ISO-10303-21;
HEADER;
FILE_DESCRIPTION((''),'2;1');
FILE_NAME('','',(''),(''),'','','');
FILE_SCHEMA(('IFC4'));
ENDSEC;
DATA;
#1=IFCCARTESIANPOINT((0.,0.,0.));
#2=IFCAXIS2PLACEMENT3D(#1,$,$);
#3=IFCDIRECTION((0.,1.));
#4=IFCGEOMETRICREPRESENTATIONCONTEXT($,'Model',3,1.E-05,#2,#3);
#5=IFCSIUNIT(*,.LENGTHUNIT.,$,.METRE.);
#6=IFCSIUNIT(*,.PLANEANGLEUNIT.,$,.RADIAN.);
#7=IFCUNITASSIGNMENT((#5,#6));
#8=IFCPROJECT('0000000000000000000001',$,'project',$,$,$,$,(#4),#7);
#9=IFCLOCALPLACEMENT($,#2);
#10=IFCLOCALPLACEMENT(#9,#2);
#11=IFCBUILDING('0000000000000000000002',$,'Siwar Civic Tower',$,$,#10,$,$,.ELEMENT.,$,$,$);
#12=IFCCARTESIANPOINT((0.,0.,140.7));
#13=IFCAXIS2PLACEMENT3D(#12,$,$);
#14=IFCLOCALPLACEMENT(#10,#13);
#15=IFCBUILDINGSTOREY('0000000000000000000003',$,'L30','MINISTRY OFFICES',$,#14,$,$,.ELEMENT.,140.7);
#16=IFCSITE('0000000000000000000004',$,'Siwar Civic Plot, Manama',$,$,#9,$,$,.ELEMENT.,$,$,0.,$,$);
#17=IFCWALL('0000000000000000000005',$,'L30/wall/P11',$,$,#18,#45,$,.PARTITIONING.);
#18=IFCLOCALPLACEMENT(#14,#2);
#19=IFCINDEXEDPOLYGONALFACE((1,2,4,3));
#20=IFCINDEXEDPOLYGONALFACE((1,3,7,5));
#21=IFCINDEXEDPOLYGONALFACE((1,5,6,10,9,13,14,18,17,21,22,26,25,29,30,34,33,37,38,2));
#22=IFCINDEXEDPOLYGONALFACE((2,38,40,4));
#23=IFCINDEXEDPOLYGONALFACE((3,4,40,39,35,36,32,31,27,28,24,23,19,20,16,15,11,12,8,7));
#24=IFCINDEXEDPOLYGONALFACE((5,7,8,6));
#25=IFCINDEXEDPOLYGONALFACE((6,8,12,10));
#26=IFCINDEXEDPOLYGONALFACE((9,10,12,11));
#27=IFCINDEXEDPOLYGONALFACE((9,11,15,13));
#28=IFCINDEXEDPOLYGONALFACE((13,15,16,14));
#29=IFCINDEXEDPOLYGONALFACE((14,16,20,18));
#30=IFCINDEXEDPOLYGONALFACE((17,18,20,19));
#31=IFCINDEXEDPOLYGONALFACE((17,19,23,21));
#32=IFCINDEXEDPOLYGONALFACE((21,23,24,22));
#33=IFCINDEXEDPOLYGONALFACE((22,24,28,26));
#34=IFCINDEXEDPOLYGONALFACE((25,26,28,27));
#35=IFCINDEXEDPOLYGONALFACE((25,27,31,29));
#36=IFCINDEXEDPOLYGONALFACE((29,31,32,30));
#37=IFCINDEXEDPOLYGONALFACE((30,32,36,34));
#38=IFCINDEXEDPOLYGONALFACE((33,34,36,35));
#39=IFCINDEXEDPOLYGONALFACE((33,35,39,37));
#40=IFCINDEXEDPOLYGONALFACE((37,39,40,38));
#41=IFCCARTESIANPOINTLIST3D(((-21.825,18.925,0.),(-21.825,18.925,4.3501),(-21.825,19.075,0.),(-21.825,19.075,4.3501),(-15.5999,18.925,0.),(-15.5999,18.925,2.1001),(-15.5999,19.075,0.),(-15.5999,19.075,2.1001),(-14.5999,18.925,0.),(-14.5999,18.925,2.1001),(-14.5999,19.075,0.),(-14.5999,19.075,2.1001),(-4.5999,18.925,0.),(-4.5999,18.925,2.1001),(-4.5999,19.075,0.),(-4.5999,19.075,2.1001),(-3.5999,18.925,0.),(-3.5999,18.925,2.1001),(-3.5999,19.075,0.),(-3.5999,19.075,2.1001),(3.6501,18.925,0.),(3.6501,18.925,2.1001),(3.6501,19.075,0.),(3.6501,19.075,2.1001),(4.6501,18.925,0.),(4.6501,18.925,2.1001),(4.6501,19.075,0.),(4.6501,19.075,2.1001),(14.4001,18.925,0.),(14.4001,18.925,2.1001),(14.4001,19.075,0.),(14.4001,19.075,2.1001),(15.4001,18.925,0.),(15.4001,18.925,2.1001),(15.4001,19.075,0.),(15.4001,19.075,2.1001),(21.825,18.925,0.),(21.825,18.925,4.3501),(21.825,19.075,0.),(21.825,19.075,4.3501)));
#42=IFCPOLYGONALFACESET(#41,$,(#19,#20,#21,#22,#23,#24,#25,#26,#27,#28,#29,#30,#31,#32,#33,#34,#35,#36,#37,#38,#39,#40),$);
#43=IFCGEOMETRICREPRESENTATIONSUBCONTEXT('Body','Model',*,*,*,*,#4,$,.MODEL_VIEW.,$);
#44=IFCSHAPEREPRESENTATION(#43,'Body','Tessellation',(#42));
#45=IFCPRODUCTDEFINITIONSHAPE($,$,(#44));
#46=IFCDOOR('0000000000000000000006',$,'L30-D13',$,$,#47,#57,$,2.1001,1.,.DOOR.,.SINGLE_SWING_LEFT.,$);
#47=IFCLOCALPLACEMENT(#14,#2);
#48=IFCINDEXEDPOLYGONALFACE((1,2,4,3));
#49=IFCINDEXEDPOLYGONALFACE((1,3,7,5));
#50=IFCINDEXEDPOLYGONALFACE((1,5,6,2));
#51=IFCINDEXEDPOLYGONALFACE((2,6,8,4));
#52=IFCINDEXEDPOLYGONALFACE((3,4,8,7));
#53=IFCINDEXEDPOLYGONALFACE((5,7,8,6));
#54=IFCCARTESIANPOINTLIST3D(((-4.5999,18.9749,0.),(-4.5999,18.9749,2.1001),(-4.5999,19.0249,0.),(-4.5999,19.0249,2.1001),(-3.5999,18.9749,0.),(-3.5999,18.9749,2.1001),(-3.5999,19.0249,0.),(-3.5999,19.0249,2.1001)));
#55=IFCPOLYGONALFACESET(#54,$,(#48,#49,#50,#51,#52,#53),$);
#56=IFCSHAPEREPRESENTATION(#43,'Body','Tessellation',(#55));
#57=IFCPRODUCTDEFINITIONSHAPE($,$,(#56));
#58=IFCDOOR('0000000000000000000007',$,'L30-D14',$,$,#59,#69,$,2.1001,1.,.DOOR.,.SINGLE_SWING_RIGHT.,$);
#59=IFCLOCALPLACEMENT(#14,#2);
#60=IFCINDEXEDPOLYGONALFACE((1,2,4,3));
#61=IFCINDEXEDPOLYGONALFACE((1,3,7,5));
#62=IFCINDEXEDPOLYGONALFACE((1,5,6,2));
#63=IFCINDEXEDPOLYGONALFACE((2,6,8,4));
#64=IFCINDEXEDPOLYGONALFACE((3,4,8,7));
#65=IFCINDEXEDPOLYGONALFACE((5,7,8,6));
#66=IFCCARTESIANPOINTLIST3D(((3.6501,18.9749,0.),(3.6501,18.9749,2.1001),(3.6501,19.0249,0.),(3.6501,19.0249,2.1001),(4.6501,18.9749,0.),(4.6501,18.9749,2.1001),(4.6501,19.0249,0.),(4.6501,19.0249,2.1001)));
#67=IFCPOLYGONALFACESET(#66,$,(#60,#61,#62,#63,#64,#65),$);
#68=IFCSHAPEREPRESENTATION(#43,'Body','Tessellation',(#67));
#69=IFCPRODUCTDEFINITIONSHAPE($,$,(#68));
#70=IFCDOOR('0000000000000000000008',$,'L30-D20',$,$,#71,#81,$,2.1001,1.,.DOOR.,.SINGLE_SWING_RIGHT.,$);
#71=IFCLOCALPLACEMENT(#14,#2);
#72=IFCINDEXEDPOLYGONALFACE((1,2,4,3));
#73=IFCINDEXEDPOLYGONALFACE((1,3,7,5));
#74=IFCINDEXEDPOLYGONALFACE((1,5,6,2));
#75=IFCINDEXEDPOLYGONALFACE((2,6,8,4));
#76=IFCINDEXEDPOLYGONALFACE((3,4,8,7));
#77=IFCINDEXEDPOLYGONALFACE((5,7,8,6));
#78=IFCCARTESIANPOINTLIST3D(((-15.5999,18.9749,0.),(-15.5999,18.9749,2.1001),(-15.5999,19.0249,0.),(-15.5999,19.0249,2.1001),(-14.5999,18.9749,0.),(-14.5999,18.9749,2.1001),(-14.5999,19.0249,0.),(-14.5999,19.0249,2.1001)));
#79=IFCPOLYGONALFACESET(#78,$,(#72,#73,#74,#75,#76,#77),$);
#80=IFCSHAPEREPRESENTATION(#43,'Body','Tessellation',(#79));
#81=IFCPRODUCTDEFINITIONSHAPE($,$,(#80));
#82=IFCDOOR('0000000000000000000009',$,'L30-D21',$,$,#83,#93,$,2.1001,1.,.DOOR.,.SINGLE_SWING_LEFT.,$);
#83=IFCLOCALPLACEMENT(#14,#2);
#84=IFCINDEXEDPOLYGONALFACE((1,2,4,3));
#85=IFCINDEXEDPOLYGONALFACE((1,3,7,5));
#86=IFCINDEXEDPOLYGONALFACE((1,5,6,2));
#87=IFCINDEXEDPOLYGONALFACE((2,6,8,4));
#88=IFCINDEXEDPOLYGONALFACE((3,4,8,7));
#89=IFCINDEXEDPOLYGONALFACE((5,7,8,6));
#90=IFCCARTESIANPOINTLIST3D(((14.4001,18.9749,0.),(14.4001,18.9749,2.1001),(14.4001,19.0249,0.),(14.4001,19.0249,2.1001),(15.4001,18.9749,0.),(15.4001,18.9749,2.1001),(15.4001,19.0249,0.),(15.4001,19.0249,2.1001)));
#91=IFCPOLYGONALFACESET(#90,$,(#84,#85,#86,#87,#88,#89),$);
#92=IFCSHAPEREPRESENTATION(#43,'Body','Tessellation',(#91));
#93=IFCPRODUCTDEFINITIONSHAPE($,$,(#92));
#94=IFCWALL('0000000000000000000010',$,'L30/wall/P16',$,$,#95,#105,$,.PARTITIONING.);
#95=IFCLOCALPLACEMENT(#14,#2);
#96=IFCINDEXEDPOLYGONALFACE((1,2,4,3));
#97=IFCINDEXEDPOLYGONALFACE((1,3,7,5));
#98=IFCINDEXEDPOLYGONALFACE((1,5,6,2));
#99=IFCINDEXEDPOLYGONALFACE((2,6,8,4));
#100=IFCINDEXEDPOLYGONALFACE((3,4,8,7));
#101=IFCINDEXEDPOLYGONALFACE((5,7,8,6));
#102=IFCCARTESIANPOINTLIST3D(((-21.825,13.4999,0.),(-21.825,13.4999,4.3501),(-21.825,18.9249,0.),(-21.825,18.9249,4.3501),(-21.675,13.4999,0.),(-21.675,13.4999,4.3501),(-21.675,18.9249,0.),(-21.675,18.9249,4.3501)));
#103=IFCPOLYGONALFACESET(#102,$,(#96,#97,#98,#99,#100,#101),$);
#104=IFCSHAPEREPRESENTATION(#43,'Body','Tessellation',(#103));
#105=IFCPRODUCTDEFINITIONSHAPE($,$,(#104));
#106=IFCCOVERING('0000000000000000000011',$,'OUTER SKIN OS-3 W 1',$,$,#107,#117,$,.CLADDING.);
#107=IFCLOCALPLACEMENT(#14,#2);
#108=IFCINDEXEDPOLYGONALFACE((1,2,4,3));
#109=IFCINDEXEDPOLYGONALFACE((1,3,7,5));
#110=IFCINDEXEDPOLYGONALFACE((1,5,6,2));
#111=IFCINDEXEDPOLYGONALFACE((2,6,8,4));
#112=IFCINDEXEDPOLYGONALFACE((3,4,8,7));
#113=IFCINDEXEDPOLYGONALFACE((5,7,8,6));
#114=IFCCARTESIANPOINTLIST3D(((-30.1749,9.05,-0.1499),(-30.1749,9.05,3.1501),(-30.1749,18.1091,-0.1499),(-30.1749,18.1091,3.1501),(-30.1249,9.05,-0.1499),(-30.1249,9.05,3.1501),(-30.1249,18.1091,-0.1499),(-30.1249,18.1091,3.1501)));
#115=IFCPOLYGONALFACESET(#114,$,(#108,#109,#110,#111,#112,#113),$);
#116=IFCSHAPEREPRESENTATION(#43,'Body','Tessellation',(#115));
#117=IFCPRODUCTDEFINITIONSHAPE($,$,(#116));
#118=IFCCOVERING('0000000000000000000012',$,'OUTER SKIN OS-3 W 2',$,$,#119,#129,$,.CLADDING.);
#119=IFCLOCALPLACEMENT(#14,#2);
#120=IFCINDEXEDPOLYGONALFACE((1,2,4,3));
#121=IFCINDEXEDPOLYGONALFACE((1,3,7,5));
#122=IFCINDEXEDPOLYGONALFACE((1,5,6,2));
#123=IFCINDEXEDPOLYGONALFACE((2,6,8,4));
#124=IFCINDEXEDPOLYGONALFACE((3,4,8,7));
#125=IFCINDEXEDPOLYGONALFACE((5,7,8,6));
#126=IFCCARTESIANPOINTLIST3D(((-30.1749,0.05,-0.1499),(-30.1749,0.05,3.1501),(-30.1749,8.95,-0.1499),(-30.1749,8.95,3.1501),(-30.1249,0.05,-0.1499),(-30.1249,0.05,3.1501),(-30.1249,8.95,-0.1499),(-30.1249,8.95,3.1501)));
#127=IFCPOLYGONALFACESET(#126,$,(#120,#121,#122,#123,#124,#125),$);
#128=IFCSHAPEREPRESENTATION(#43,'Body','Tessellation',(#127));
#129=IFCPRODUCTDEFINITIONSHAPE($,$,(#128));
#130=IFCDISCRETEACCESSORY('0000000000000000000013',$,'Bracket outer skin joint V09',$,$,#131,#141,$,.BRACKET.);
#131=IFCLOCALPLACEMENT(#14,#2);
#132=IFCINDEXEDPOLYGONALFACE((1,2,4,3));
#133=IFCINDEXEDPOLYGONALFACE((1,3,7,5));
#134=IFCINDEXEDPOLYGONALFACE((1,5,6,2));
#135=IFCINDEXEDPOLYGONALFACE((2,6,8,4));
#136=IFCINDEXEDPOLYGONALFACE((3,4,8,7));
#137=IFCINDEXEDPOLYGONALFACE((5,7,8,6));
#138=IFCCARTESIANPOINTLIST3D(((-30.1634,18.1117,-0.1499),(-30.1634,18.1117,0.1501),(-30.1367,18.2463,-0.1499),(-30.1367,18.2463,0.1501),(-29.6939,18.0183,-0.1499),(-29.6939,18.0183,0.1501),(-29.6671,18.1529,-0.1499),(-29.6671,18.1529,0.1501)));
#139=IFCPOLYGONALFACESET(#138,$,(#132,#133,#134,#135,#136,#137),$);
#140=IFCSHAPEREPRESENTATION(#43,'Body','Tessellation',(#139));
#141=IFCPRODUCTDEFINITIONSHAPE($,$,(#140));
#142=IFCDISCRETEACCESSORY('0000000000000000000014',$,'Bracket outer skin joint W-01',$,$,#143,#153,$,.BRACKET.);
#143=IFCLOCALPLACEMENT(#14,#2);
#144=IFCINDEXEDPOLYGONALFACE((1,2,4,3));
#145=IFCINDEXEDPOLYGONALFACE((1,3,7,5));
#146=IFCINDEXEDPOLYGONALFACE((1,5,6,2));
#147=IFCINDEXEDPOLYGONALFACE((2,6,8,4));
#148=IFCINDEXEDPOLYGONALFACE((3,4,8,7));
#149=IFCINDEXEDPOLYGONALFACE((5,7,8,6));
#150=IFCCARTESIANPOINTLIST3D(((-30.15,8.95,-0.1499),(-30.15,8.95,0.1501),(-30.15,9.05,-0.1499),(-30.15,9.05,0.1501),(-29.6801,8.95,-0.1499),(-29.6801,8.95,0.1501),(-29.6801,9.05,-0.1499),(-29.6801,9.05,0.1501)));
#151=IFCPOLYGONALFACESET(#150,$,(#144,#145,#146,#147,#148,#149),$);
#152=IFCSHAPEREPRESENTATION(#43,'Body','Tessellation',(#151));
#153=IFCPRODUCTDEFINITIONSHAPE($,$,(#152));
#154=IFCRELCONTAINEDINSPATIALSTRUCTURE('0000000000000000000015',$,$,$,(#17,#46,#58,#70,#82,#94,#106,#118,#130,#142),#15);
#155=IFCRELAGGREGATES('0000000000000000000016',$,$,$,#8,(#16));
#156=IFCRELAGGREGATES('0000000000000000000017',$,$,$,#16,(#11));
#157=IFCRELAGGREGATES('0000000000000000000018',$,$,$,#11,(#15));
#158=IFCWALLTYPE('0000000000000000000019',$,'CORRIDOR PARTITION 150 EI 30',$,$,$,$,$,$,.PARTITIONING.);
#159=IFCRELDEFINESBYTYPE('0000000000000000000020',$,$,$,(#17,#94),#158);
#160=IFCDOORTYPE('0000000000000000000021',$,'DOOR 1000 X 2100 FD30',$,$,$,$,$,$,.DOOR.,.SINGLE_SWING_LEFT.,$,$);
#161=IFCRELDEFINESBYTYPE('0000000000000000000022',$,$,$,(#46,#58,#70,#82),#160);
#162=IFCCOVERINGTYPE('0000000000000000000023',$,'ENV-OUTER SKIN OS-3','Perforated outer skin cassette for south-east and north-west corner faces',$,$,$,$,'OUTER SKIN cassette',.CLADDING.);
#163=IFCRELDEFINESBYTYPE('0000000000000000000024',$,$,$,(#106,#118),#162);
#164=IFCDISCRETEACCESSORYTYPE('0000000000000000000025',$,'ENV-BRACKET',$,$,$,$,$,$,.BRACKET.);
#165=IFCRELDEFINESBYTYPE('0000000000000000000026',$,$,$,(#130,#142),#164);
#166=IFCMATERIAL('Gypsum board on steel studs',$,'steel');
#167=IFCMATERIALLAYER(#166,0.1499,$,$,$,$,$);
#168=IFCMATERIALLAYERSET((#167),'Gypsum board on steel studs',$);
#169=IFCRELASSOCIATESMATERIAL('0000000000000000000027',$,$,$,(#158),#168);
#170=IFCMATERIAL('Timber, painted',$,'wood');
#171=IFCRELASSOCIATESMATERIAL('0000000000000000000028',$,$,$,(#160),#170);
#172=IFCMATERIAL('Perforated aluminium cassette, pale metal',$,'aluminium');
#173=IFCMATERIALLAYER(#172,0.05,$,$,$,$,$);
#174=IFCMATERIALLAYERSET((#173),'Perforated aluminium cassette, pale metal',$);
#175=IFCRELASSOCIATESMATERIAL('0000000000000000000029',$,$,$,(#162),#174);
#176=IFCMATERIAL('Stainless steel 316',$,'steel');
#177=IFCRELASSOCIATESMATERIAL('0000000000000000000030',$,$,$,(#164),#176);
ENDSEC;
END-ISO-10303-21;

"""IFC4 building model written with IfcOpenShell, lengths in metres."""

from ifc_helpers import new_model, si_unit, direction, frame, frame_2d, origin, origin_2d, place, context, subcontext, project, spatial, rectangle, extrude, material, layer, layer_set, type_object, element, fill, save


model = new_model("IFC4")

# Units and contexts
model_context = context("Model", 3, precision=1e-05, world=origin(), true_north=direction((0.0, 1.0)))
body_context = subcontext(model_context, "Body", "Model", "MODEL_VIEW")
ifc_project = project(units=[si_unit("LENGTHUNIT", "METRE"), si_unit("PLANEANGLEUNIT", "RADIAN")], contexts=[model_context])

# Site, building, storey
site_placement = place(None, origin())
site = spatial("IfcSite", under=ifc_project, at=site_placement, Name="Siwar Civic Plot, Manama", CompositionType="ELEMENT", RefElevation=0.0)
building_placement = place(site_placement, origin())
building = spatial("IfcBuilding", under=site, at=building_placement, Name="Siwar Civic Tower", CompositionType="ELEMENT")
storey_placement = place(building_placement, frame((0.0, 0.0, 140.7)))
storey = spatial("IfcBuildingStorey", under=building, at=storey_placement, Name="L30", Description="MINISTRY OFFICES", CompositionType="ELEMENT", Elevation=140.7)

# Shared definitions
ifc_material_1 = material(Name="Gypsum board on steel studs", Category="steel")
ifc_layer_1 = layer(ifc_material_1, 0.1499)
ifc_layer_set_1 = layer_set([ifc_layer_1], Name="Gypsum board on steel studs")
wall_type_1 = type_object("IfcWallType", Name="CORRIDOR PARTITION 150 EI 30", PredefinedType="PARTITIONING", material=ifc_layer_set_1)

# Wall, openings, doors
wall_1_placement = place(storey_placement, frame((-21.825, 19.0, 0.0), z_axis=(0.0, 0.0, 1.0), x_axis=(1.0, 0.0, 0.0)))
wall_1 = element("IfcWall", 1, at=wall_1_placement, inside=storey, type_object=wall_type_1, Name="L30/wall/P11", PredefinedType="PARTITIONING", context=body_context, shape_type="SweptSolid", body=[
    extrude(rectangle(XDim=43.6499, YDim=0.1499, at=frame_2d((21.825, 0.0))), origin(), (0.0, 0.0, 1.0), 4.3501),
])
opening_1_placement = place(wall_1_placement, frame((17.2251, 0.0, 0.0)))
opening_1 = element("IfcOpeningElement", 2, at=opening_1_placement, cuts=wall_1, PredefinedType="OPENING", context=body_context, shape_type="SweptSolid", body=[
    extrude(rectangle(XDim=1.0, YDim=2.1001, at=frame_2d((0.5, 1.05))), frame((0.0, 0.085, 0.0), z_axis=(0.0, -1.0, 0.0), x_axis=(1.0, 0.0, 0.0)), (0.0, 0.0, 1.0), 0.1699),
])
opening_2_placement = place(wall_1_placement, frame((25.4751, 0.0, 0.0)))
opening_2 = element("IfcOpeningElement", 3, at=opening_2_placement, cuts=wall_1, PredefinedType="OPENING", context=body_context, shape_type="SweptSolid", body=[
    extrude(rectangle(XDim=1.0, YDim=2.1001, at=frame_2d((0.5, 1.05))), frame((0.0, 0.085, 0.0), z_axis=(0.0, -1.0, 0.0), x_axis=(1.0, 0.0, 0.0)), (0.0, 0.0, 1.0), 0.1699),
])
opening_3_placement = place(wall_1_placement, frame((6.2251, 0.0, 0.0)))
opening_3 = element("IfcOpeningElement", 4, at=opening_3_placement, cuts=wall_1, PredefinedType="OPENING", context=body_context, shape_type="SweptSolid", body=[
    extrude(rectangle(XDim=1.0, YDim=2.1001, at=frame_2d((0.5, 1.05))), frame((0.0, 0.085, 0.0), z_axis=(0.0, -1.0, 0.0), x_axis=(1.0, 0.0, 0.0)), (0.0, 0.0, 1.0), 0.1699),
])
opening_4_placement = place(wall_1_placement, frame((36.2251, 0.0, 0.0)))
opening_4 = element("IfcOpeningElement", 5, at=opening_4_placement, cuts=wall_1, PredefinedType="OPENING", context=body_context, shape_type="SweptSolid", body=[
    extrude(rectangle(XDim=1.0, YDim=2.1001, at=frame_2d((0.5, 1.05))), frame((0.0, 0.085, 0.0), z_axis=(0.0, -1.0, 0.0), x_axis=(1.0, 0.0, 0.0)), (0.0, 0.0, 1.0), 0.1699),
])
ifc_material_2 = material(Name="Timber, painted", Category="wood")
door_type = type_object("IfcDoorType", Name="DOOR 1000 X 2100 FD30", OperationType="SINGLE_SWING_LEFT", PredefinedType="DOOR", material=ifc_material_2)
door_1_placement = place(opening_1_placement, origin())
door_1 = element("IfcDoor", 6, at=door_1_placement, inside=storey, type_object=door_type, Name="L30-D13", OperationType="SINGLE_SWING_LEFT", OverallHeight=2.1001, OverallWidth=1.0, PredefinedType="DOOR", context=body_context, shape_type="SweptSolid", body=[
    extrude(rectangle(XDim=1.0, YDim=2.1001, at=frame_2d((0.5, 1.05))), frame((0.0, 0.0249, 0.0), z_axis=(0.0, -1.0, 0.0), x_axis=(1.0, 0.0, 0.0)), (0.0, 0.0, 1.0), 0.05),
])
fill(opening_1, door_1)
door_2_placement = place(opening_2_placement, origin())
door_2 = element("IfcDoor", 7, at=door_2_placement, inside=storey, type_object=door_type, Name="L30-D14", OperationType="SINGLE_SWING_RIGHT", OverallHeight=2.1001, OverallWidth=1.0, PredefinedType="DOOR", context=body_context, shape_type="SweptSolid", body=[
    extrude(rectangle(XDim=1.0, YDim=2.1001, at=frame_2d((0.5, 1.05))), frame((0.0, 0.0249, 0.0), z_axis=(0.0, -1.0, 0.0), x_axis=(1.0, 0.0, 0.0)), (0.0, 0.0, 1.0), 0.05),
])
fill(opening_2, door_2)
door_3_placement = place(opening_3_placement, origin())
door_3 = element("IfcDoor", 8, at=door_3_placement, inside=storey, type_object=door_type, Name="L30-D20", OperationType="SINGLE_SWING_RIGHT", OverallHeight=2.1001, OverallWidth=1.0, PredefinedType="DOOR", context=body_context, shape_type="SweptSolid", body=[
    extrude(rectangle(XDim=1.0, YDim=2.1001, at=frame_2d((0.5, 1.05))), frame((0.0, 0.0249, 0.0), z_axis=(0.0, -1.0, 0.0), x_axis=(1.0, 0.0, 0.0)), (0.0, 0.0, 1.0), 0.05),
])
fill(opening_3, door_3)
door_4_placement = place(opening_4_placement, origin())
door_4 = element("IfcDoor", 9, at=door_4_placement, inside=storey, type_object=door_type, Name="L30-D21", OperationType="SINGLE_SWING_LEFT", OverallHeight=2.1001, OverallWidth=1.0, PredefinedType="DOOR", context=body_context, shape_type="SweptSolid", body=[
    extrude(rectangle(XDim=1.0, YDim=2.1001, at=frame_2d((0.5, 1.05))), frame((0.0, 0.0249, 0.0), z_axis=(0.0, -1.0, 0.0), x_axis=(1.0, 0.0, 0.0)), (0.0, 0.0, 1.0), 0.05),
])
fill(opening_4, door_4)

# Wall
wall_2_placement = place(storey_placement, frame((-21.75, 13.5, 0.0), z_axis=(0.0, 0.0, 1.0), x_axis=(0.0, 1.0, 0.0)))
element("IfcWall", 10, at=wall_2_placement, inside=storey, type_object=wall_type_1, Name="L30/wall/P16", PredefinedType="PARTITIONING", context=body_context, shape_type="SweptSolid", body=[
    extrude(rectangle(XDim=5.425, YDim=0.1499, at=frame_2d((2.7124, 0.0))), origin(), (0.0, 0.0, 1.0), 4.3501),
])

# Coverings
ifc_material_3 = material(Name="Perforated aluminium cassette, pale metal", Category="aluminium")
ifc_layer_2 = layer(ifc_material_3, 0.05)
ifc_layer_set_2 = layer_set([ifc_layer_2], Name="Perforated aluminium cassette, pale metal")
covering_type = type_object("IfcCoveringType", Name="ENV-OUTER SKIN OS-3", Description="Perforated outer skin cassette for south-east and north-west corner faces", ElementType="OUTER SKIN cassette", PredefinedType="CLADDING", material=ifc_layer_set_2)
covering_1_placement = place(storey_placement, frame((-30.1499, 13.5796, -0.1499), z_axis=(0.0, 0.0, 1.0), x_axis=(0.0, -1.0, 0.0)))
element("IfcCovering", 11, at=covering_1_placement, inside=storey, type_object=covering_type, Name="OUTER SKIN OS-3 W 1", PredefinedType="CLADDING", context=body_context, shape_type="SweptSolid", body=[
    extrude(rectangle(XDim=9.0591, YDim=0.05, at=origin_2d()), origin(), (0.0, 0.0, 1.0), 3.3),
])
covering_2_placement = place(storey_placement, frame((-30.1499, 4.5, -0.1499), z_axis=(0.0, 0.0, 1.0), x_axis=(0.0, -1.0, 0.0)))
element("IfcCovering", 12, at=covering_2_placement, inside=storey, type_object=covering_type, Name="OUTER SKIN OS-3 W 2", PredefinedType="CLADDING", context=body_context, shape_type="SweptSolid", body=[
    extrude(rectangle(XDim=8.8999, YDim=0.05, at=origin_2d()), origin(), (0.0, 0.0, 1.0), 3.3),
])

# Discrete accessories
ifc_material_4 = material(Name="Stainless steel 316", Category="steel")
discrete_accessory_type = type_object("IfcDiscreteAccessoryType", Name="ENV-BRACKET", PredefinedType="BRACKET", material=ifc_material_4)
discrete_accessory_1_placement = place(storey_placement, frame((-29.9153, 18.1323, -0.1499), z_axis=(0.0, 0.0, 1.0), x_axis=(-0.980785, 0.19509, 0.0)))
element("IfcDiscreteAccessory", 13, at=discrete_accessory_1_placement, inside=storey, type_object=discrete_accessory_type, Name="Bracket outer skin joint V09", PredefinedType="BRACKET", context=body_context, shape_type="SweptSolid", body=[
    extrude(rectangle(XDim=0.4788, YDim=0.1372, at=origin_2d()), origin(), (0.0, 0.0, 1.0), 0.3),
])
discrete_accessory_2_placement = place(storey_placement, frame((-29.915, 9.0, -0.1499), z_axis=(0.0, 0.0, 1.0), x_axis=(-1.0, 0.0, 0.0)))
element("IfcDiscreteAccessory", 14, at=discrete_accessory_2_placement, inside=storey, type_object=discrete_accessory_type, Name="Bracket outer skin joint W-01", PredefinedType="BRACKET", context=body_context, shape_type="SweptSolid", body=[
    extrude(rectangle(XDim=0.47, YDim=0.1001, at=origin_2d()), origin(), (0.0, 0.0, 1.0), 0.3),
])

save(model, "model.ifc")
